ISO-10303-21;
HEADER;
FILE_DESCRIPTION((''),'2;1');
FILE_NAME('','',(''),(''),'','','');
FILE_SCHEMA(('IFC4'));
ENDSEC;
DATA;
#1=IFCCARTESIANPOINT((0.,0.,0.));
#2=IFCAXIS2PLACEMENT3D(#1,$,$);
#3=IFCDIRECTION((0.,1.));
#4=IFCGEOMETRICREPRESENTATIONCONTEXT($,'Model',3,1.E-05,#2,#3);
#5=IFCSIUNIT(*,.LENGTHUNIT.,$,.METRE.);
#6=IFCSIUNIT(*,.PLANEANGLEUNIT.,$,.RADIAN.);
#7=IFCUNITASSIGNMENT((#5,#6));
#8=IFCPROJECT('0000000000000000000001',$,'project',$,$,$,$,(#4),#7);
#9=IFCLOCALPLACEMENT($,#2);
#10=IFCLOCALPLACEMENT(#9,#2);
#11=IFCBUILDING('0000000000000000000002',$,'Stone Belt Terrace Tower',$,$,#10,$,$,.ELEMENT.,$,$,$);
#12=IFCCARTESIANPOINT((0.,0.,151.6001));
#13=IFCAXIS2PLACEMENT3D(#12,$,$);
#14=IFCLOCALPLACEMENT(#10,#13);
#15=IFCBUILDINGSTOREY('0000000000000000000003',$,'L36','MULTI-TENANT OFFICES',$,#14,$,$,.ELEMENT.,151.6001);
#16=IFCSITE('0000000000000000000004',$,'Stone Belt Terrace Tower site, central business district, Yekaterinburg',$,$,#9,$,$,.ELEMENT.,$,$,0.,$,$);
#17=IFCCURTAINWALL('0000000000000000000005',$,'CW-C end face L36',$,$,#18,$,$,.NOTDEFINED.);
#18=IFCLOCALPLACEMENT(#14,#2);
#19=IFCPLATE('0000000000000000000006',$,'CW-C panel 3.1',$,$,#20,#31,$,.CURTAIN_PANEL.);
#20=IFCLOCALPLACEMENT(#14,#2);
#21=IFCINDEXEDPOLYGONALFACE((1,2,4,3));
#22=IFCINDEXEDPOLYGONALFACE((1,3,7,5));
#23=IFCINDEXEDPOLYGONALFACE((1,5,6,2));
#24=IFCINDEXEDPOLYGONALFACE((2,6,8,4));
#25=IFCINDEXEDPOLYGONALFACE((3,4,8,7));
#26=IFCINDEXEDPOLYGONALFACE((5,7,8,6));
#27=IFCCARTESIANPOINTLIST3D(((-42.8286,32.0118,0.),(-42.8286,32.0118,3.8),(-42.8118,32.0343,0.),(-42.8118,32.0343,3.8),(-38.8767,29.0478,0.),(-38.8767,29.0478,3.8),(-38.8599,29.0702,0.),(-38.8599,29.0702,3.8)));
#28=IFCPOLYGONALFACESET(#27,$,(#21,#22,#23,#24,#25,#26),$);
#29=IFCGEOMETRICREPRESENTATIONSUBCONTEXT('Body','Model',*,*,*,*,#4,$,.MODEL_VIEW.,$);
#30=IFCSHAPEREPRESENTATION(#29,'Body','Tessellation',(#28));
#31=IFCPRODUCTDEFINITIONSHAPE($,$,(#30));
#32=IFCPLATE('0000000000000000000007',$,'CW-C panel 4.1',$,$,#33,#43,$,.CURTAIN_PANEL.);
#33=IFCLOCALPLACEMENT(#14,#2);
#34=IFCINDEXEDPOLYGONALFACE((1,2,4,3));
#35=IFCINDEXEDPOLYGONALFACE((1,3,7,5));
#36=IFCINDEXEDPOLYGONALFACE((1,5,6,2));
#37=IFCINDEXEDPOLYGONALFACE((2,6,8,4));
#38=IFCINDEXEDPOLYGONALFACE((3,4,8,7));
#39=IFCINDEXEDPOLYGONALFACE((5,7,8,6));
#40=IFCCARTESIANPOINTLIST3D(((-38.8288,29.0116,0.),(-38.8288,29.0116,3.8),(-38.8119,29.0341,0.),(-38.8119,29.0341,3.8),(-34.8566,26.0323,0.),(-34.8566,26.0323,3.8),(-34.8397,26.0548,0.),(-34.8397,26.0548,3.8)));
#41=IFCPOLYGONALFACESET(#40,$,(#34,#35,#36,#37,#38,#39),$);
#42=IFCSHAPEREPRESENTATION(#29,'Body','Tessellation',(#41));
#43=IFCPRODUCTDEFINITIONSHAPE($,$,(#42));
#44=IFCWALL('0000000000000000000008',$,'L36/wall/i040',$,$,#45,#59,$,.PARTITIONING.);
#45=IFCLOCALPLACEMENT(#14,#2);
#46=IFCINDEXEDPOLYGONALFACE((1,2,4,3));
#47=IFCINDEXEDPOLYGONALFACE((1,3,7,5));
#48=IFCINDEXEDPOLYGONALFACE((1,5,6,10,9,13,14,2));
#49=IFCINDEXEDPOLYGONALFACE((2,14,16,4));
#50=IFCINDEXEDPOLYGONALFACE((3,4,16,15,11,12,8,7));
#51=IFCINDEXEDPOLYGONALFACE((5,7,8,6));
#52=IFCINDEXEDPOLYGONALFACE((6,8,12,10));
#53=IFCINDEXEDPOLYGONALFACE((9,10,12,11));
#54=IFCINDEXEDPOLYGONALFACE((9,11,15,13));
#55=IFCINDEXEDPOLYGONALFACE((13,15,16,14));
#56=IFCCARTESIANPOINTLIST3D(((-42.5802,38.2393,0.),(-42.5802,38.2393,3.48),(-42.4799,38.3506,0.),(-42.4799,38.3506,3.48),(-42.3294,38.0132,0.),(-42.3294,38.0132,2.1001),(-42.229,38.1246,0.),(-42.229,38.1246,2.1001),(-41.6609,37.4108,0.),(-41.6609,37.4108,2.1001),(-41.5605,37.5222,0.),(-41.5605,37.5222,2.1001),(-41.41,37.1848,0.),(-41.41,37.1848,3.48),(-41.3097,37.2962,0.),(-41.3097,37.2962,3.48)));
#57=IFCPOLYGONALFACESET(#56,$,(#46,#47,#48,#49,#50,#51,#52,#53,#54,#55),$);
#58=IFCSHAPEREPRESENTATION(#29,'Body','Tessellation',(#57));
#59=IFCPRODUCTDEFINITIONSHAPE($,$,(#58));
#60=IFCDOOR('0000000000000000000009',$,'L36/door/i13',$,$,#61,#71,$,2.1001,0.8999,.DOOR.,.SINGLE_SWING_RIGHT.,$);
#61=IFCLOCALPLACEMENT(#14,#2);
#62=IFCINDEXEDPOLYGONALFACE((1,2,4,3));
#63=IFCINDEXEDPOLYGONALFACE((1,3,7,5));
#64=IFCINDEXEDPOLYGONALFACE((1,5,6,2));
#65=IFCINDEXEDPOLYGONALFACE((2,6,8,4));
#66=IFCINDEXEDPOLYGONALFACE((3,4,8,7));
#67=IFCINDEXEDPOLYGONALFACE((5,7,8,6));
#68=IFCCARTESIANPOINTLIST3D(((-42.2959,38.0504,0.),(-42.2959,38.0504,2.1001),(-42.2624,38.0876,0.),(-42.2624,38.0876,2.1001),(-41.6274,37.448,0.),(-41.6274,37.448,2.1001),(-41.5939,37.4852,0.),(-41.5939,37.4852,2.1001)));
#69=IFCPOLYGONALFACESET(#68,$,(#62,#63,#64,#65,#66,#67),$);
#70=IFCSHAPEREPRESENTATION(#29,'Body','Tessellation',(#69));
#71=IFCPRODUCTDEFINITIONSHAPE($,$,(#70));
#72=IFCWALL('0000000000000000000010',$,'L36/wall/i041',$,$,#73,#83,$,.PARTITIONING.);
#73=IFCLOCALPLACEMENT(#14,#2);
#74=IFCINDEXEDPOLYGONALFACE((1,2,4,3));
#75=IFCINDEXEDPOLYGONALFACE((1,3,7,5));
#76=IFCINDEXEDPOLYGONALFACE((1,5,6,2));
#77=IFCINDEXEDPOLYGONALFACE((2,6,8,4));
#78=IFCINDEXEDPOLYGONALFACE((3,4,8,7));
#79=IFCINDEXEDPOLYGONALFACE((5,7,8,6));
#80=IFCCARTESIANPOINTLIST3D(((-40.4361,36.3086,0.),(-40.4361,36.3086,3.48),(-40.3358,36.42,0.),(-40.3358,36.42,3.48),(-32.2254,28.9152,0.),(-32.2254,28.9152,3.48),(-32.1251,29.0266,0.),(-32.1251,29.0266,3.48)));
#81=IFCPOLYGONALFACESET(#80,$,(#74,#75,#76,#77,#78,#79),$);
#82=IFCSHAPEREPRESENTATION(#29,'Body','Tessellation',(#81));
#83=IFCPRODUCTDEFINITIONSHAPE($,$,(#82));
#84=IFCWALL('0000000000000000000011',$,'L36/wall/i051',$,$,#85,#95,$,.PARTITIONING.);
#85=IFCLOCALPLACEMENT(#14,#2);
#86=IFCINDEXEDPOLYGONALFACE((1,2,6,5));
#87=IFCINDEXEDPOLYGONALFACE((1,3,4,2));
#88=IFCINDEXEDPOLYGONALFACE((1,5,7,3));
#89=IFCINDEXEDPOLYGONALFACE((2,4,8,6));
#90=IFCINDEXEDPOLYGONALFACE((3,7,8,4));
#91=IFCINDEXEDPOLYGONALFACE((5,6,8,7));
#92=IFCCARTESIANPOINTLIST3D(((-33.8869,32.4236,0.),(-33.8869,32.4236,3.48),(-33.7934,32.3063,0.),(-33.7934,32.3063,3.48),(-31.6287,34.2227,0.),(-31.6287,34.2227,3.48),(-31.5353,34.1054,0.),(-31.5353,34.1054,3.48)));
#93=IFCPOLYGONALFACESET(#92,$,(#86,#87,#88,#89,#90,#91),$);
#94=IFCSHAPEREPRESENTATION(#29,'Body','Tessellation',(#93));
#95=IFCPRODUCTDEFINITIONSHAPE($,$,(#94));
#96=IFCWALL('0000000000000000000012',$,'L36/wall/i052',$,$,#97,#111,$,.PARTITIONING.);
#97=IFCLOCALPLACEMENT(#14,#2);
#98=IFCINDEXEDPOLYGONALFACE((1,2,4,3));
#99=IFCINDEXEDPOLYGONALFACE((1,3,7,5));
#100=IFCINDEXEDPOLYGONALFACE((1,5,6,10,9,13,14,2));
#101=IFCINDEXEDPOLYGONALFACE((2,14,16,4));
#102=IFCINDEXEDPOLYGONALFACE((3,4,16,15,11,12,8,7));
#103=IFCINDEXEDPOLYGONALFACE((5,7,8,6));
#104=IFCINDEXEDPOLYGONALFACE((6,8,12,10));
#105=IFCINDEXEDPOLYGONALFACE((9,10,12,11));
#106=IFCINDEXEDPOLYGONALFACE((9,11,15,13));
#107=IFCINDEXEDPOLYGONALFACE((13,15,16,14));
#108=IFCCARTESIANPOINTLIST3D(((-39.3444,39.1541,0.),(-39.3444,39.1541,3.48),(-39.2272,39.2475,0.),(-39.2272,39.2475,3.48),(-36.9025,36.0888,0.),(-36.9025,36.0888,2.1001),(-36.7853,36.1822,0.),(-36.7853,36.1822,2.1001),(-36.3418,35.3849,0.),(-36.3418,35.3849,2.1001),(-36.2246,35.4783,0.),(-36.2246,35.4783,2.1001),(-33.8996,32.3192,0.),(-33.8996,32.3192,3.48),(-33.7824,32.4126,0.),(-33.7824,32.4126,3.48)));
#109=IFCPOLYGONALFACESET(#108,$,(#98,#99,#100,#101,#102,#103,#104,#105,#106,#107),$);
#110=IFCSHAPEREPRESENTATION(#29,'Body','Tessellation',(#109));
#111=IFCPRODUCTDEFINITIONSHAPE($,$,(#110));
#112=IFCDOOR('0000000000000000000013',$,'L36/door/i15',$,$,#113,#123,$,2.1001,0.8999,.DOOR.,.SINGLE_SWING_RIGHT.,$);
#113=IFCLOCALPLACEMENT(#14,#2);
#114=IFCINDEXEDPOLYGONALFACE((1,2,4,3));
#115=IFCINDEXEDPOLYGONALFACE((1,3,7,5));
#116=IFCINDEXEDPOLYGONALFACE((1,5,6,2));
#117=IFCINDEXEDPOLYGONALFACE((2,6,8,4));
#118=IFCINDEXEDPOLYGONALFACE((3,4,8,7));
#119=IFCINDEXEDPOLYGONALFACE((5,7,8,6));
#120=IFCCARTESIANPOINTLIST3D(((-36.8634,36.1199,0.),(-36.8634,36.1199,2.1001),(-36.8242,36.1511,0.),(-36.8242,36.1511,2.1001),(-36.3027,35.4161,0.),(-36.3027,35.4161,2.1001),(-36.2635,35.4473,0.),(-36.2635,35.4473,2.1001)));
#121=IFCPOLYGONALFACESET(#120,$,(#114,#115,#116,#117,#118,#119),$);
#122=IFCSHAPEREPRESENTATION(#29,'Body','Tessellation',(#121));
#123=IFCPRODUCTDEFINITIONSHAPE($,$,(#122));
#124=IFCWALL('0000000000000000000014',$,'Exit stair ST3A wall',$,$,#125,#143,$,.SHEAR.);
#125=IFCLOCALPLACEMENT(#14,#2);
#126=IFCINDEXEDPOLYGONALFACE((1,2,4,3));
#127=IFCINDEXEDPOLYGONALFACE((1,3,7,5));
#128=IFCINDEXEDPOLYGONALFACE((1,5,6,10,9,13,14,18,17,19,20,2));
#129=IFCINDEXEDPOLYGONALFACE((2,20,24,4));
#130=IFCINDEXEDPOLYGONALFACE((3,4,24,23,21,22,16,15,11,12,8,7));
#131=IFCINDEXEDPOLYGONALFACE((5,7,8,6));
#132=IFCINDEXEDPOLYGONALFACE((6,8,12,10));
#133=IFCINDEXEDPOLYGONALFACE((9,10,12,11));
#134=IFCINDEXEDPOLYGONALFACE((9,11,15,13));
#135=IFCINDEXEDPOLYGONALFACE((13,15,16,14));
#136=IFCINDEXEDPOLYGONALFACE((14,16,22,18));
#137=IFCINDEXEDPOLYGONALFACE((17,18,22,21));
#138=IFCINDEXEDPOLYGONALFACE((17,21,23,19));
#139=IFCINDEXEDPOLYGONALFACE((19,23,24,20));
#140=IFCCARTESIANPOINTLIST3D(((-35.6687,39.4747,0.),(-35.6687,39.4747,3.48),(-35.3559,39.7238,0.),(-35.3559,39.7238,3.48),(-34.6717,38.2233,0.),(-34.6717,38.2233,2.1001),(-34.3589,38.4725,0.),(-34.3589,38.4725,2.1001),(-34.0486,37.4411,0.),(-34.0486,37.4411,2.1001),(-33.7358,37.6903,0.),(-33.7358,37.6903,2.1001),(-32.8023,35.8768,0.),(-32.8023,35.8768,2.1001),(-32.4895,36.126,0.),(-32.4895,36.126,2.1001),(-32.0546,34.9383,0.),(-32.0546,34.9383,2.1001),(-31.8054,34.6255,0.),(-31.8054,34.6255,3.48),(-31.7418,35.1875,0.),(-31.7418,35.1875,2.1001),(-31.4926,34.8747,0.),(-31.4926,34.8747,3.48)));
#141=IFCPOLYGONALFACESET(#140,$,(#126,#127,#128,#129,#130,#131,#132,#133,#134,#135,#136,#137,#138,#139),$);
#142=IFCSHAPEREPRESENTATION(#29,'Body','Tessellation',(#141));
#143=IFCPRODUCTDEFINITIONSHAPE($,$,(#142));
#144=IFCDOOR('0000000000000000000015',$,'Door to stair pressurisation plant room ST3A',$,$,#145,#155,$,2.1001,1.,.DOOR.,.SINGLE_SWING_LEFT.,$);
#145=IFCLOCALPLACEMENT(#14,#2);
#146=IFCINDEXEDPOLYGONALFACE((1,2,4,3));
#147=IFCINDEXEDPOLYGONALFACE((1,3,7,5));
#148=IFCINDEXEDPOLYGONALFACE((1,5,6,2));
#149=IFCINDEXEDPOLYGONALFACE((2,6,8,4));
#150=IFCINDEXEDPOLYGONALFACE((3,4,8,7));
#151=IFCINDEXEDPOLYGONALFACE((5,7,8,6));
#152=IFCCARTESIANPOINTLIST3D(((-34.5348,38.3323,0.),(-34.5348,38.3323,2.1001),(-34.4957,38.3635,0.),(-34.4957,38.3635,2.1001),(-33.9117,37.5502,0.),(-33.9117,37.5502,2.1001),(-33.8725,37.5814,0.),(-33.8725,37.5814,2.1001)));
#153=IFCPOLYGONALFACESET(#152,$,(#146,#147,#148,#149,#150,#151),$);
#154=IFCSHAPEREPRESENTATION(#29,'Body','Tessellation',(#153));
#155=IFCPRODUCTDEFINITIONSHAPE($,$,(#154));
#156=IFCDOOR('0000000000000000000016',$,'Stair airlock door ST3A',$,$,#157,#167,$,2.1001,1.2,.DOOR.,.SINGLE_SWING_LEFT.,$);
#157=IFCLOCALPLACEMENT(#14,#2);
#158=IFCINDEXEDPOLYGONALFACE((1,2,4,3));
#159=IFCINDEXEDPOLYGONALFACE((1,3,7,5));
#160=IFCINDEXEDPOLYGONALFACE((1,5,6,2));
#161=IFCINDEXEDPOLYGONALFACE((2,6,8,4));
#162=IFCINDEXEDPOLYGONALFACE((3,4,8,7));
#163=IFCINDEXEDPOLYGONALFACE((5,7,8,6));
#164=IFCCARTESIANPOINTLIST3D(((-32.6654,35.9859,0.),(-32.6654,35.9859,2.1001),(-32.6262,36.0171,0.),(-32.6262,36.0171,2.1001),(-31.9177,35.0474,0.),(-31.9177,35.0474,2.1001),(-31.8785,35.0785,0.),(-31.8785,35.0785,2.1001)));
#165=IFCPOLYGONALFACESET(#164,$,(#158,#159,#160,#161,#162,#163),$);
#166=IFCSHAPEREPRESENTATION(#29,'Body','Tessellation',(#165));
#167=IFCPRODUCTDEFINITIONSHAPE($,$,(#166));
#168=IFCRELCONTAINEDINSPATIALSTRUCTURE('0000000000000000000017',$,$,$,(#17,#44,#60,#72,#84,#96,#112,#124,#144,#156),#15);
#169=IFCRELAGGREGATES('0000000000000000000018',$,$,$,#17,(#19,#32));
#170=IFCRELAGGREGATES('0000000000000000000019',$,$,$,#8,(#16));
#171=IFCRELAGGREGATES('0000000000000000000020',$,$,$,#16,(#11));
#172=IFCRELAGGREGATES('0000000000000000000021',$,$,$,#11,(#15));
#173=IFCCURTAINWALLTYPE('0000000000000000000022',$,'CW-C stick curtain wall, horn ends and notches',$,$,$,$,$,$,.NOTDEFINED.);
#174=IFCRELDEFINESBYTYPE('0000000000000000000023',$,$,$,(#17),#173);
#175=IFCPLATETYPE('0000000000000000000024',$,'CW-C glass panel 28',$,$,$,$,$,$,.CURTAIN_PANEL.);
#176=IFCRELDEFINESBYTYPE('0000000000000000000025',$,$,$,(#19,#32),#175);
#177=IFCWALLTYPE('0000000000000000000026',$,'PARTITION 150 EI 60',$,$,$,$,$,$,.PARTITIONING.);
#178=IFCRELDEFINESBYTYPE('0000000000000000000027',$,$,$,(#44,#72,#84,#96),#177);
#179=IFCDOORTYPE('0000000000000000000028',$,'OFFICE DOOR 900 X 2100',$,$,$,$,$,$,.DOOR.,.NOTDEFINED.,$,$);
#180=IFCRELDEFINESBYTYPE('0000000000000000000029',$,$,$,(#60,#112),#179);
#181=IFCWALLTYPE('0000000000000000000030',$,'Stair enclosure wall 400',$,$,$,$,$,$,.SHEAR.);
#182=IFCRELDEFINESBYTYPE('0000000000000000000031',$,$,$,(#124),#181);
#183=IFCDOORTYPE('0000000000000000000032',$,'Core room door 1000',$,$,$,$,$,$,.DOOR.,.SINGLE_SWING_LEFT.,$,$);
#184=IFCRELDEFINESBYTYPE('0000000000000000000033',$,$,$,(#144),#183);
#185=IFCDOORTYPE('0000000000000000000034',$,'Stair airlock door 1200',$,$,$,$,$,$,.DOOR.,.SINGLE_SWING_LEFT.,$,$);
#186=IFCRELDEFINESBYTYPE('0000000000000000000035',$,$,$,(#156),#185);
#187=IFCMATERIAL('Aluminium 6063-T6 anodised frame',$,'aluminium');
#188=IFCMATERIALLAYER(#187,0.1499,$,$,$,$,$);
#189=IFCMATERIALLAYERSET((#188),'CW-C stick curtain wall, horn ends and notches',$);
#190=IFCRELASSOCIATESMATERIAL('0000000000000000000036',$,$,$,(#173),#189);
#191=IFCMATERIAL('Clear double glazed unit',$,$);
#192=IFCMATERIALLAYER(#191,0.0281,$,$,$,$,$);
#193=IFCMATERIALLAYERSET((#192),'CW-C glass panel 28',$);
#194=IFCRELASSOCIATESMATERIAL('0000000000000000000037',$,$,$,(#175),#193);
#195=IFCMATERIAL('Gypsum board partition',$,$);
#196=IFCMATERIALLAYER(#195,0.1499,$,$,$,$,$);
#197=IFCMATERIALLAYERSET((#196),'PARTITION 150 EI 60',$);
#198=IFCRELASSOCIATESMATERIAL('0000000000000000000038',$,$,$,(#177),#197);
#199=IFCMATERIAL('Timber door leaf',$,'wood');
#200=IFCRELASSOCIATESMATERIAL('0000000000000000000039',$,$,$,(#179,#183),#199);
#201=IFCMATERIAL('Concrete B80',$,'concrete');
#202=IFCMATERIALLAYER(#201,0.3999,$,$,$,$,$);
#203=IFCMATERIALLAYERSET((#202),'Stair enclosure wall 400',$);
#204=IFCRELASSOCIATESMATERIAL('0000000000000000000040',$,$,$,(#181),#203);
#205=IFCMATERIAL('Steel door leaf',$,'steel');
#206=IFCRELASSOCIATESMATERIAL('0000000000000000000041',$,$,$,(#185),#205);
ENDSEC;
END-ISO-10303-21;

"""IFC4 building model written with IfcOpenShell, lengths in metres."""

from ifc_helpers import new_model, si_unit, direction, frame, frame_2d, origin, origin_2d, place, context, subcontext, project, spatial, rectangle, extrude, material, layer, layer_set, type_object, element, fill, aggregate, save


model = new_model("IFC4")

# Units and contexts
model_context = context("Model", 3, precision=1e-05, world=origin(), true_north=direction((0.0, 1.0)))
body_context = subcontext(model_context, "Body", "Model", "MODEL_VIEW")
ifc_project = project(units=[si_unit("LENGTHUNIT", "METRE"), si_unit("PLANEANGLEUNIT", "RADIAN")], contexts=[model_context])

# Site, building, storey
site_placement = place(None, origin())
site = spatial("IfcSite", under=ifc_project, at=site_placement, Name="Stone Belt Terrace Tower site, central business district, Yekaterinburg", CompositionType="ELEMENT", RefElevation=0.0)
building_placement = place(site_placement, origin())
building = spatial("IfcBuilding", under=site, at=building_placement, Name="Stone Belt Terrace Tower", CompositionType="ELEMENT")
storey_placement = place(building_placement, frame((0.0, 0.0, 151.6001)))
storey = spatial("IfcBuildingStorey", under=building, at=storey_placement, Name="L36", Description="MULTI-TENANT OFFICES", CompositionType="ELEMENT", Elevation=151.6001)

# Shared definitions
ifc_material_1 = material(Name="Concrete B80", Category="concrete")

# Curtain wall
ifc_material_2 = material(Name="Aluminium 6063-T6 anodised frame", Category="aluminium")
ifc_layer_1 = layer(ifc_material_2, 0.1499)
ifc_layer_set_1 = layer_set([ifc_layer_1], Name="CW-C stick curtain wall, horn ends and notches")
curtain_wall_type_1 = type_object("IfcCurtainWallType", Name="CW-C stick curtain wall, horn ends and notches", PredefinedType="NOTDEFINED", material=ifc_layer_set_1)
curtain_wall_1_placement = place(storey_placement, origin())
curtain_wall_1 = element("IfcCurtainWall", 1, at=curtain_wall_1_placement, inside=storey, type_object=curtain_wall_type_1, Name="CW-C end face L36", PredefinedType="NOTDEFINED")

# Plates
ifc_material_3 = material(Name="Clear double glazed unit")
ifc_layer_2 = layer(ifc_material_3, 0.0281)
ifc_layer_set_2 = layer_set([ifc_layer_2], Name="CW-C glass panel 28")
plate_type_1 = type_object("IfcPlateType", Name="CW-C glass panel 28", PredefinedType="CURTAIN_PANEL", material=ifc_layer_set_2)
plate_1_placement = place(storey_placement, frame((-40.8442, 30.541, 0.0), z_axis=(0.0, 0.0, 1.0), x_axis=(0.799987, -0.600018, 0.0)))
plate_1 = element("IfcPlate", 2, at=plate_1_placement, type_object=plate_type_1, Name="CW-C panel 3.1", PredefinedType="CURTAIN_PANEL", context=body_context, shape_type="SweptSolid", body=[
    extrude(rectangle(XDim=4.9399, YDim=0.0281, at=origin_2d()), origin(), (0.0, 0.0, 1.0), 3.8),
])
plate_2_placement = place(storey_placement, frame((-36.8342, 27.5332, 0.0), z_axis=(0.0, 0.0, 1.0), x_axis=(0.799987, -0.600018, 0.0)))
plate_2 = element("IfcPlate", 3, at=plate_2_placement, type_object=plate_type_1, Name="CW-C panel 4.1", PredefinedType="CURTAIN_PANEL", context=body_context, shape_type="SweptSolid", body=[
    extrude(rectangle(XDim=4.9653, YDim=0.0281, at=origin_2d()), origin(), (0.0, 0.0, 1.0), 3.8),
])
aggregate(curtain_wall_1, [plate_1, plate_2])

# Wall, opening, door
ifc_material_4 = material(Name="Gypsum board partition")
ifc_layer_3 = layer(ifc_material_4, 0.1499)
ifc_layer_set_3 = layer_set([ifc_layer_3], Name="PARTITION 150 EI 60")
wall_type_1 = type_object("IfcWallType", Name="PARTITION 150 EI 60", PredefinedType="PARTITIONING", material=ifc_layer_set_3)
wall_1_placement = place(storey_placement, frame((-41.3599, 37.2405, 0.0), z_axis=(0.0, 0.0, 1.0), x_axis=(-0.742886, 0.669418, 0.0)))
wall_1 = element("IfcWall", 4, at=wall_1_placement, inside=storey, type_object=wall_type_1, Name="L36/wall/i040", PredefinedType="PARTITIONING", context=body_context, shape_type="SweptSolid", body=[
    extrude(rectangle(XDim=1.5752, YDim=0.1499, at=frame_2d((0.7876, 0.0))), origin(), (0.0, 0.0, 1.0), 3.48),
])
opening_1_placement = place(wall_1_placement, frame((0.3376, 0.0, 0.0)))
opening_1 = element("IfcOpeningElement", 5, at=opening_1_placement, cuts=wall_1, PredefinedType="OPENING", context=body_context, shape_type="SweptSolid", body=[
    extrude(rectangle(XDim=0.8999, YDim=2.1001, at=frame_2d((0.45, 1.05))), frame((0.0, 0.085, 0.0), z_axis=(0.0, -1.0, 0.0), x_axis=(1.0, 0.0, 0.0)), (0.0, 0.0, 1.0), 0.1699),
])
ifc_material_5 = material(Name="Timber door leaf", Category="wood")
door_type_1 = type_object("IfcDoorType", Name="OFFICE DOOR 900 X 2100", OperationType="NOTDEFINED", PredefinedType="DOOR", material=ifc_material_5)
door_1_placement = place(opening_1_placement, origin())
door_1 = element("IfcDoor", 6, at=door_1_placement, inside=storey, type_object=door_type_1, Name="L36/door/i13", OperationType="SINGLE_SWING_RIGHT", OverallHeight=2.1001, OverallWidth=0.8999, PredefinedType="DOOR", context=body_context, shape_type="SweptSolid", body=[
    extrude(rectangle(XDim=0.8999, YDim=2.1001, at=frame_2d((0.45, 1.05))), frame((0.0, 0.0249, 0.0), z_axis=(0.0, -1.0, 0.0), x_axis=(1.0, 0.0, 0.0)), (0.0, 0.0, 1.0), 0.05),
])
fill(opening_1, door_1)

# Walls
wall_2_placement = place(storey_placement, frame((-40.386, 36.3643, 0.0), z_axis=(0.0, 0.0, 1.0), x_axis=(0.743128, -0.669149, 0.0)))
element("IfcWall", 7, at=wall_2_placement, inside=storey, type_object=wall_type_1, Name="L36/wall/i041", PredefinedType="PARTITIONING", context=body_context, shape_type="SweptSolid", body=[
    extrude(rectangle(XDim=11.0488, YDim=0.1499, at=frame_2d((5.5244, 0.0))), origin(), (0.0, 0.0, 1.0), 3.48),
])
wall_3_placement = place(storey_placement, frame((-31.582, 34.1641, 0.0), z_axis=(0.0, 0.0, 1.0), x_axis=(-0.782113, -0.623137, 0.0)))
element("IfcWall", 8, at=wall_3_placement, inside=storey, type_object=wall_type_1, Name="L36/wall/i051", PredefinedType="PARTITIONING", context=body_context, shape_type="SweptSolid", body=[
    extrude(rectangle(XDim=2.8872, YDim=0.1499, at=frame_2d((1.4436, 0.0))), origin(), (0.0, 0.0, 1.0), 3.48),
])

# Wall, opening, door
wall_4_placement = place(storey_placement, frame((-33.8411, 32.366, 0.0), z_axis=(0.0, 0.0, 1.0), x_axis=(-0.623079, 0.782159, 0.0)))
wall_4 = element("IfcWall", 9, at=wall_4_placement, inside=storey, type_object=wall_type_1, Name="L36/wall/i052", PredefinedType="PARTITIONING", context=body_context, shape_type="SweptSolid", body=[
    extrude(rectangle(XDim=8.7385, YDim=0.1499, at=frame_2d((4.3691, 0.0))), origin(), (0.0, 0.0, 1.0), 3.48),
])
opening_2_placement = place(wall_4_placement, frame((3.9194, 0.0, 0.0)))
opening_2 = element("IfcOpeningElement", 10, at=opening_2_placement, cuts=wall_4, PredefinedType="OPENING", context=body_context, shape_type="SweptSolid", body=[
    extrude(rectangle(XDim=0.8999, YDim=2.1001, at=frame_2d((0.45, 1.05))), frame((0.0, 0.085, 0.0), z_axis=(0.0, -1.0, 0.0), x_axis=(1.0, 0.0, 0.0)), (0.0, 0.0, 1.0), 0.1699),
])
door_2_placement = place(opening_2_placement, origin())
door_2 = element("IfcDoor", 11, at=door_2_placement, inside=storey, type_object=door_type_1, Name="L36/door/i15", OperationType="SINGLE_SWING_RIGHT", OverallHeight=2.1001, OverallWidth=0.8999, PredefinedType="DOOR", context=body_context, shape_type="SweptSolid", body=[
    extrude(rectangle(XDim=0.8999, YDim=2.1001, at=frame_2d((0.45, 1.05))), frame((0.0, 0.0249, 0.0), z_axis=(0.0, -1.0, 0.0), x_axis=(1.0, 0.0, 0.0)), (0.0, 0.0, 1.0), 0.05),
])
fill(opening_2, door_2)

# Wall, openings, doors
ifc_layer_4 = layer(ifc_material_1, 0.3999)
ifc_layer_set_4 = layer_set([ifc_layer_4], Name="Stair enclosure wall 400")
wall_type_2 = type_object("IfcWallType", Name="Stair enclosure wall 400", PredefinedType="SHEAR", material=ifc_layer_set_4)
wall_5_placement = place(storey_placement, frame((-31.6489, 34.75, 0.0), z_axis=(0.0, 0.0, 1.0), x_axis=(-0.623119, 0.782127, 0.0)))
wall_5 = element("IfcWall", 12, at=wall_5_placement, inside=storey, type_object=wall_type_2, Name="Exit stair ST3A wall", PredefinedType="SHEAR", context=body_context, shape_type="SweptSolid", body=[
    extrude(rectangle(XDim=6.2, YDim=0.3999, at=frame_2d((3.1001, 0.0))), origin(), (0.0, 0.0, 1.0), 3.48),
])
opening_3_placement = place(wall_5_placement, frame((0.3999, 0.0, 0.0)))
opening_3 = element("IfcOpeningElement", 13, at=opening_3_placement, cuts=wall_5, PredefinedType="OPENING", context=body_context, shape_type="SweptSolid", body=[
    extrude(rectangle(XDim=1.2, YDim=2.1001, at=frame_2d((0.6001, 1.05))), frame((0.0, 0.21, 0.0), z_axis=(0.0, -1.0, 0.0), x_axis=(1.0, 0.0, 0.0)), (0.0, 0.0, 1.0), 0.4199),
])
opening_4_placement = place(wall_5_placement, frame((3.6001, 0.0, 0.0)))
opening_4 = element("IfcOpeningElement", 14, at=opening_4_placement, cuts=wall_5, PredefinedType="OPENING", context=body_context, shape_type="SweptSolid", body=[
    extrude(rectangle(XDim=1.0, YDim=2.1001, at=frame_2d((0.5, 1.05))), frame((0.0, 0.21, 0.0), z_axis=(0.0, -1.0, 0.0), x_axis=(1.0, 0.0, 0.0)), (0.0, 0.0, 1.0), 0.4199),
])
door_type_2 = type_object("IfcDoorType", Name="Core room door 1000", OperationType="SINGLE_SWING_LEFT", PredefinedType="DOOR", material=ifc_material_5)
door_3_placement = place(opening_4_placement, origin())
door_3 = element("IfcDoor", 15, at=door_3_placement, inside=storey, type_object=door_type_2, Name="Door to stair pressurisation plant room ST3A", OperationType="SINGLE_SWING_LEFT", OverallHeight=2.1001, OverallWidth=1.0, PredefinedType="DOOR", context=body_context, shape_type="SweptSolid", body=[
    extrude(rectangle(XDim=1.0, YDim=2.1001, at=frame_2d((0.5, 1.05))), frame((0.0, 0.0249, 0.0), z_axis=(0.0, -1.0, 0.0), x_axis=(1.0, 0.0, 0.0)), (0.0, 0.0, 1.0), 0.05),
])
fill(opening_4, door_3)
ifc_material_6 = material(Name="Steel door leaf", Category="steel")
door_type_3 = type_object("IfcDoorType", Name="Stair airlock door 1200", OperationType="SINGLE_SWING_LEFT", PredefinedType="DOOR", material=ifc_material_6)
door_4_placement = place(opening_3_placement, origin())
door_4 = element("IfcDoor", 16, at=door_4_placement, inside=storey, type_object=door_type_3, Name="Stair airlock door ST3A", OperationType="SINGLE_SWING_LEFT", OverallHeight=2.1001, OverallWidth=1.2, PredefinedType="DOOR", context=body_context, shape_type="SweptSolid", body=[
    extrude(rectangle(XDim=1.2, YDim=2.1001, at=frame_2d((0.6001, 1.05))), frame((0.0, 0.0249, 0.0), z_axis=(0.0, -1.0, 0.0), x_axis=(1.0, 0.0, 0.0)), (0.0, 0.0, 1.0), 0.05),
])
fill(opening_3, door_4)

save(model, "model.ifc")
